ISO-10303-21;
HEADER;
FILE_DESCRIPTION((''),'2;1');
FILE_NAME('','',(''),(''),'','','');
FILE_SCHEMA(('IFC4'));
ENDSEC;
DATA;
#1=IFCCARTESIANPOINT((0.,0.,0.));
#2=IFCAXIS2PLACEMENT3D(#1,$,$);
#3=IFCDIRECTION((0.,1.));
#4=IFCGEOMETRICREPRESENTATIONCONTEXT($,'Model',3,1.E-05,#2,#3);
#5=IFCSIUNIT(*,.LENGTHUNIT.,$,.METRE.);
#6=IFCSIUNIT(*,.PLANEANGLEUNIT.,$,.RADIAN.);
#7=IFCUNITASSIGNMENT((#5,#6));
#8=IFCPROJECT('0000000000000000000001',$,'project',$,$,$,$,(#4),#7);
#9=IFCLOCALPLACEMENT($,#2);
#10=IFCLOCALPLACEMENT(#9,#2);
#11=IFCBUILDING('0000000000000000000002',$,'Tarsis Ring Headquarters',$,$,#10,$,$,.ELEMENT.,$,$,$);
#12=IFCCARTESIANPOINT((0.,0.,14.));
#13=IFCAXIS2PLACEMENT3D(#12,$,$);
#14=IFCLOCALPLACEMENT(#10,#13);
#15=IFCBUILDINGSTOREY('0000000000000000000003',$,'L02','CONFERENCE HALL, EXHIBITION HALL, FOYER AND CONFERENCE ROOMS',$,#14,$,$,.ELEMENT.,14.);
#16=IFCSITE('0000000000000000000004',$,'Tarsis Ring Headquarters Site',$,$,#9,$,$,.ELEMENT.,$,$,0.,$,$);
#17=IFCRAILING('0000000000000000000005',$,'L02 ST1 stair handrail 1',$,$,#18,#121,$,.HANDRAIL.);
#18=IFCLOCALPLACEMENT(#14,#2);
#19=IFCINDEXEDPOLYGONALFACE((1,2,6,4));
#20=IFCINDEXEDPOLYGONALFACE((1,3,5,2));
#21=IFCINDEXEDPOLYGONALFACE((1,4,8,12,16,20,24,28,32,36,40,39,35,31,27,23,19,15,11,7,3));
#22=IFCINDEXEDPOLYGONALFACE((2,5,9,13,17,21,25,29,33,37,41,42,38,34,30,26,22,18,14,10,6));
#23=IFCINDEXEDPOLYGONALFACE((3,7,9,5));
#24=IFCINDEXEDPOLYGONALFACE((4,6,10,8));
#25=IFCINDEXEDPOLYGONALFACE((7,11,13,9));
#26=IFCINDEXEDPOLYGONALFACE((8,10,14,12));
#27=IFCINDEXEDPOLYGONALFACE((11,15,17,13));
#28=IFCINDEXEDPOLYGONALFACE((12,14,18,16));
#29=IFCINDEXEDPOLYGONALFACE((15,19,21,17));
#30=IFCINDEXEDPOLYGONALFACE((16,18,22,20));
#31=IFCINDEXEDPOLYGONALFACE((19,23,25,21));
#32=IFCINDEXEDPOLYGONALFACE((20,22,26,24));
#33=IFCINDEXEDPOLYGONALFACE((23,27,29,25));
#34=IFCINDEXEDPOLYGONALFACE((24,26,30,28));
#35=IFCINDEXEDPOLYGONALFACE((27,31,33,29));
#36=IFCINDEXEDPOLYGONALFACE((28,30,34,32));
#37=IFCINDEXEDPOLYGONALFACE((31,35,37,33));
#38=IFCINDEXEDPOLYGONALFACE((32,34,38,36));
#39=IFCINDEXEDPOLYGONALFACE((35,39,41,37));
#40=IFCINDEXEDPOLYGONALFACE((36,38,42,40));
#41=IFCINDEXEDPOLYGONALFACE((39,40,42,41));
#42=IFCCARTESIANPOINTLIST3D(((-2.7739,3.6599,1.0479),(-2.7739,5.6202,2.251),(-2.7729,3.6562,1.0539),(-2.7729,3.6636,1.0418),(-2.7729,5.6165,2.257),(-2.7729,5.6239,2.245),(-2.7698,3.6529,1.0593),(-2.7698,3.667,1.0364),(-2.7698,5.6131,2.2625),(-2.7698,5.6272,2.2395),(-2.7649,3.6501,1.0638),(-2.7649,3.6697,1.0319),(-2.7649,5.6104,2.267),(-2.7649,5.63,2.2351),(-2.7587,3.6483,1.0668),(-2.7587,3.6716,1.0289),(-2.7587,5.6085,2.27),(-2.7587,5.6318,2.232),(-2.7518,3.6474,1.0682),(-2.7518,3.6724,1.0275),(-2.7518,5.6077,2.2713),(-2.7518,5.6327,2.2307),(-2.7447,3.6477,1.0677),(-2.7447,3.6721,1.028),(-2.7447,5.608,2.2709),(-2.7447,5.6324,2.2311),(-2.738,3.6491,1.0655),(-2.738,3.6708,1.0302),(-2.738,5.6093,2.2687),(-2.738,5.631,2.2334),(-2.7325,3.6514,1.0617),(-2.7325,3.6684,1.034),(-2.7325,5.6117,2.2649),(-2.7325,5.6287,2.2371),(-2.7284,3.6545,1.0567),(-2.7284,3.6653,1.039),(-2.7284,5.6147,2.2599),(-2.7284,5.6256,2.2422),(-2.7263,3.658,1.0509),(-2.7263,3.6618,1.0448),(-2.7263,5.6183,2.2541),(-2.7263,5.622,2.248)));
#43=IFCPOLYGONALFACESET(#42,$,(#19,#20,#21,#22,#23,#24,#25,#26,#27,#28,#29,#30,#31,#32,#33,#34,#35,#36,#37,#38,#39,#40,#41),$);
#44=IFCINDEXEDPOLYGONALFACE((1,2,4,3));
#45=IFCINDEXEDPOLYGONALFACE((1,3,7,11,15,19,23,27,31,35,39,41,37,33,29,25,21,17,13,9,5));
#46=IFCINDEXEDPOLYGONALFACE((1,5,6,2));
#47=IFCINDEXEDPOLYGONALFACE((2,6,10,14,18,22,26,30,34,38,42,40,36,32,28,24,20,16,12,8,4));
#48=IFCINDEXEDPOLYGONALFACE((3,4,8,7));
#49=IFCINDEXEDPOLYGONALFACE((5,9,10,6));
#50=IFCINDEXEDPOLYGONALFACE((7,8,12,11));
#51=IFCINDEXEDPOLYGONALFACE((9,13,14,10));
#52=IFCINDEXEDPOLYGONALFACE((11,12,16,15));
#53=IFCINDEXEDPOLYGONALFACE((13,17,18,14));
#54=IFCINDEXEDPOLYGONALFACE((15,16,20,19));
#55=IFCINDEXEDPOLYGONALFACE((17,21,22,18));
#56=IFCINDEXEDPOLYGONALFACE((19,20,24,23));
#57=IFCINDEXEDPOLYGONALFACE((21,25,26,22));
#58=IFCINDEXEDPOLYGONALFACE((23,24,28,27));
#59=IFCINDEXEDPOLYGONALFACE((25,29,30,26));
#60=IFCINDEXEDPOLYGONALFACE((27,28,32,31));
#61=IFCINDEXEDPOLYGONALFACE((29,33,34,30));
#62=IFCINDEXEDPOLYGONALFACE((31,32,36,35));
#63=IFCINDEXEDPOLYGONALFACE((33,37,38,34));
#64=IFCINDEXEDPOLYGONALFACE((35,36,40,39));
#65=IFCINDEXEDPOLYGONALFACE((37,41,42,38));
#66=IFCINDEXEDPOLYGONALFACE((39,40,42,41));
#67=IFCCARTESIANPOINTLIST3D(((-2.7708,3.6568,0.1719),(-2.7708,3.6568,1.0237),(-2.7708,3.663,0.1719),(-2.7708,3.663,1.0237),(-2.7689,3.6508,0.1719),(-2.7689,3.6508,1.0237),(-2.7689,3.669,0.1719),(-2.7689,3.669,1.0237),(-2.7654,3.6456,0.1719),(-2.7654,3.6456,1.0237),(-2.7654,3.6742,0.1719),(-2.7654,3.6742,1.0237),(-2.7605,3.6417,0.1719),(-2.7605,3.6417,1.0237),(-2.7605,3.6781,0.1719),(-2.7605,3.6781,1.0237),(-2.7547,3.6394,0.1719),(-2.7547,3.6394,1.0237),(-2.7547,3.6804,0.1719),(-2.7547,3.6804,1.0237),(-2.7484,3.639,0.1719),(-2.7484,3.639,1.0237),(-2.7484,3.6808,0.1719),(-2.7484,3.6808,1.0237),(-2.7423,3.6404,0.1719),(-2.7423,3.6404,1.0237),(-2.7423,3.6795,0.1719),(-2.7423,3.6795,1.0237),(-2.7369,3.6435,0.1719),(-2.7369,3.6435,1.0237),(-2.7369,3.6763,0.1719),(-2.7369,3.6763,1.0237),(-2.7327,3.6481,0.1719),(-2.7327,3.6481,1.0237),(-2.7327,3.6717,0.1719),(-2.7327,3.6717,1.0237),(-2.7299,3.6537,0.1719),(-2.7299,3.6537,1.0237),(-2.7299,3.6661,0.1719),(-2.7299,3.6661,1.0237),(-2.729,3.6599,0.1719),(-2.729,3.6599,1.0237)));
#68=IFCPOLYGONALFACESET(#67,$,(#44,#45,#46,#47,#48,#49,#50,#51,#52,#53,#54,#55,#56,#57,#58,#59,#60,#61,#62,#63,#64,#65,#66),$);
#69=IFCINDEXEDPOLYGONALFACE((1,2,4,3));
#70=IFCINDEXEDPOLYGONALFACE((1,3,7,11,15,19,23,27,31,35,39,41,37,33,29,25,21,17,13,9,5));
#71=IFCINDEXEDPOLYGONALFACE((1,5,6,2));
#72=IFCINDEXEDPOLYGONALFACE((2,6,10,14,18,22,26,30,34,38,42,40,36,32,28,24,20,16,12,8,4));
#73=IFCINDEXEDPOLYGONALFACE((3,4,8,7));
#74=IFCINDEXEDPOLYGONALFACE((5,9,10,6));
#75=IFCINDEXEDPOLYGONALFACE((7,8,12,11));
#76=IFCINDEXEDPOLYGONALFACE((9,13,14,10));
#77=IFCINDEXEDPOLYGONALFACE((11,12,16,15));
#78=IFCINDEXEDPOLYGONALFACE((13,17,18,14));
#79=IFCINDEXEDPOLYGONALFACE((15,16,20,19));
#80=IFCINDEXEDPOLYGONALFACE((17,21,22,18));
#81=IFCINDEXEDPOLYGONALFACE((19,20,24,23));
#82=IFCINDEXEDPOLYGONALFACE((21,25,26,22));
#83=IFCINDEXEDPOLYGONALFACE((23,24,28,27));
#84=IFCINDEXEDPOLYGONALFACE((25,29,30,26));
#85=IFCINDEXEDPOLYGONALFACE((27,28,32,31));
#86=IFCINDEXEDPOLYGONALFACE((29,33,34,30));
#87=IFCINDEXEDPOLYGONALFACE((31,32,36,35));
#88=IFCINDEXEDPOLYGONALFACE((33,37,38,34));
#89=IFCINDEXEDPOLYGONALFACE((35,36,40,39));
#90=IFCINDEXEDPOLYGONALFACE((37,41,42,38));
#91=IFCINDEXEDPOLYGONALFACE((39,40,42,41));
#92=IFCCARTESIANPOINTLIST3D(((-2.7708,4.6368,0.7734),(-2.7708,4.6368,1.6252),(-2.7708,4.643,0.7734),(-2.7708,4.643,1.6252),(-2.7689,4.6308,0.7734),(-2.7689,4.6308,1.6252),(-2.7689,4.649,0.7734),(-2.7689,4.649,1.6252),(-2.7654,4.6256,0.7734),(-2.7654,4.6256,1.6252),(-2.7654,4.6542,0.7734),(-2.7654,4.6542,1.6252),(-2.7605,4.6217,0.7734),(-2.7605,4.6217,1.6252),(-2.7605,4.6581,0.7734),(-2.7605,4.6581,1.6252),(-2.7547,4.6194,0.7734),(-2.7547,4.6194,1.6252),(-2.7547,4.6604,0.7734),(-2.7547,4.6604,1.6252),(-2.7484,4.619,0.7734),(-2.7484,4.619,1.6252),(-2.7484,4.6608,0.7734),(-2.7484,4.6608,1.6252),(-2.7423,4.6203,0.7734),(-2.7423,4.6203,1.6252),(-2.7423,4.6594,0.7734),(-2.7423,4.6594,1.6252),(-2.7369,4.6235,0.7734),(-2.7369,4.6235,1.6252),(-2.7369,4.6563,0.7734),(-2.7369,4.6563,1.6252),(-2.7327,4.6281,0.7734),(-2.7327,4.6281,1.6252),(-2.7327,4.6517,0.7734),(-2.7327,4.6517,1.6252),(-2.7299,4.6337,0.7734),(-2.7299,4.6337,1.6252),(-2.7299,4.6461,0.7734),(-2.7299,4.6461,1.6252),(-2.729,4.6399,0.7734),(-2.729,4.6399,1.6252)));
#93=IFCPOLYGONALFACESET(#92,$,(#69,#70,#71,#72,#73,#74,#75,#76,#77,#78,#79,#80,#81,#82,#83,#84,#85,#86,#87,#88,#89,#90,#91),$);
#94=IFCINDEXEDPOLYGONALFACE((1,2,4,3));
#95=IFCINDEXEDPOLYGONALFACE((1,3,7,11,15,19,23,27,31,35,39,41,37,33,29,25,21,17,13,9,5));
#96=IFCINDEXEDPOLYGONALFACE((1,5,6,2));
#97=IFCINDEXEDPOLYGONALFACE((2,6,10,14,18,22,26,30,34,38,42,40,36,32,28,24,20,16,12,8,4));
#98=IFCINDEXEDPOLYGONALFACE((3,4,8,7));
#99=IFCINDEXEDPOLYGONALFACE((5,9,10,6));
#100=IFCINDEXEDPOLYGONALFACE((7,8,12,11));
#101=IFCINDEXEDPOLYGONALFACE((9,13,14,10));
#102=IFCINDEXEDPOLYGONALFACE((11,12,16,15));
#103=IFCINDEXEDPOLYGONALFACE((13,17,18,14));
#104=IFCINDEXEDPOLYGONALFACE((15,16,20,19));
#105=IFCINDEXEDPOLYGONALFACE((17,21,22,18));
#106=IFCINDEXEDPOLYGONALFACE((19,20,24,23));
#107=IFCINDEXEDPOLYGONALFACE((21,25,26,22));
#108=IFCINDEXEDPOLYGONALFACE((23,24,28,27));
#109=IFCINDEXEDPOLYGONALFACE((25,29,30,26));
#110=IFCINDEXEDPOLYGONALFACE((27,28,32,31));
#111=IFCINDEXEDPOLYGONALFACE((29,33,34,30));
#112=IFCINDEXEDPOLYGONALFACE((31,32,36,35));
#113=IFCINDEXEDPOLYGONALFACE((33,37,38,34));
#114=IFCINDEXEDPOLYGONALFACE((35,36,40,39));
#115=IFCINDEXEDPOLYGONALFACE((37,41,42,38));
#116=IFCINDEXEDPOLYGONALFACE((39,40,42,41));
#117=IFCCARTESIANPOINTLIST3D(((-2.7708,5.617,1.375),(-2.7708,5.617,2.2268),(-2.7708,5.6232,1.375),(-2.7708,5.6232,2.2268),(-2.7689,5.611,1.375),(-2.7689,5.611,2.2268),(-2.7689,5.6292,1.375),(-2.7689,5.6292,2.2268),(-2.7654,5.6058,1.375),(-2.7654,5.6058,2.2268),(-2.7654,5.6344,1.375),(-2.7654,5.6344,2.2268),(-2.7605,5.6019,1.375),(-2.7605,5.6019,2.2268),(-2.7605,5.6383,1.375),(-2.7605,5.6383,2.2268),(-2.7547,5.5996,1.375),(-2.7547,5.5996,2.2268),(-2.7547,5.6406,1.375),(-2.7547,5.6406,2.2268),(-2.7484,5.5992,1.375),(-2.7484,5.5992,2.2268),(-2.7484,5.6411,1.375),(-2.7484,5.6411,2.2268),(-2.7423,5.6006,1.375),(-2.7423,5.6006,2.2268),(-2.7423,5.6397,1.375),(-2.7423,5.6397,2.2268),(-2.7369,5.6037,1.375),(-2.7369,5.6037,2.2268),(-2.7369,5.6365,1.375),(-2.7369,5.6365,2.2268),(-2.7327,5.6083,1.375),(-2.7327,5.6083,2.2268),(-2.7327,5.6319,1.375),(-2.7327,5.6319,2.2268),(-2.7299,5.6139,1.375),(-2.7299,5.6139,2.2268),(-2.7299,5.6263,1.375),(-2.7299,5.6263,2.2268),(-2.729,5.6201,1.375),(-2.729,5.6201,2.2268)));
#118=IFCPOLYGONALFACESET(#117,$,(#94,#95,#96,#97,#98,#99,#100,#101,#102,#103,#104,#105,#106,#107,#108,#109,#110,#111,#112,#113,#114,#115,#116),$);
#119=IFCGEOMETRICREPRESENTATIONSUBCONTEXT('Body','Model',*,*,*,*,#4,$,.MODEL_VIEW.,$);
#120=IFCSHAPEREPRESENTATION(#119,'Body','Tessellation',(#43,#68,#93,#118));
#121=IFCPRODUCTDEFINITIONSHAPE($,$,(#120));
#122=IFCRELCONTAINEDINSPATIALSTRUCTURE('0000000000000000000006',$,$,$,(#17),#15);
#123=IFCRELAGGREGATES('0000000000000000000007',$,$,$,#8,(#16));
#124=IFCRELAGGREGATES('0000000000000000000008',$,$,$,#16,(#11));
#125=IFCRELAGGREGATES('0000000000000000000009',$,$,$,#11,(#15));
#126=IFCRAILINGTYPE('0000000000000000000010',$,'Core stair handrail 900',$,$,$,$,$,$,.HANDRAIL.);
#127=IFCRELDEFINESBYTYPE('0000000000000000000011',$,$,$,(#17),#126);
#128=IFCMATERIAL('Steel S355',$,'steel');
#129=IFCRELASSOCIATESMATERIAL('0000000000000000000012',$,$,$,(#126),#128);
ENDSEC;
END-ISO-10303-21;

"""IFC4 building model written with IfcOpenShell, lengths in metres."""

from ifc_helpers import new_model, si_unit, direction, frame, origin, origin_2d, place, context, subcontext, project, spatial, circle, extrude, material, type_object, element, save


model = new_model("IFC4")

# Units and contexts
model_context = context("Model", 3, precision=1e-05, world=origin(), true_north=direction((0.0, 1.0)))
body_context = subcontext(model_context, "Body", "Model", "MODEL_VIEW")
ifc_project = project(units=[si_unit("LENGTHUNIT", "METRE"), si_unit("PLANEANGLEUNIT", "RADIAN")], contexts=[model_context])

# Site, building, storey
site_placement = place(None, origin())
site = spatial("IfcSite", under=ifc_project, at=site_placement, Name="Tarsis Ring Headquarters Site", CompositionType="ELEMENT", RefElevation=0.0)
building_placement = place(site_placement, origin())
building = spatial("IfcBuilding", under=site, at=building_placement, Name="Tarsis Ring Headquarters", CompositionType="ELEMENT")
storey_placement = place(building_placement, frame((0.0, 0.0, 14.0)))
storey = spatial("IfcBuildingStorey", under=building, at=storey_placement, Name="L02", Description="CONFERENCE HALL, EXHIBITION HALL, FOYER AND CONFERENCE ROOMS", CompositionType="ELEMENT", Elevation=14.0)

# Shared definitions
ifc_material_1 = material(Name="Steel S355", Category="steel")

# Railing
railing_type_1 = type_object("IfcRailingType", Name="Core stair handrail 900", PredefinedType="HANDRAIL", material=ifc_material_1)
railing_1_placement = place(storey_placement, frame((-2.75, 3.6599, 0.1719)))
element("IfcRailing", 1, at=railing_1_placement, inside=storey, type_object=railing_type_1, Name="L02 ST1 stair handrail 1", PredefinedType="HANDRAIL", context=body_context, shape_type="SweptSolid", body=[
    extrude(circle(Radius=0.0239, at=origin_2d()), frame((0.0, 0.0, 0.876), z_axis=(0.0, 0.85227, 0.523102), x_axis=(-1.0, 0.0, 0.0)), (0.0, 0.0, 1.0), 2.3),
    extrude(circle(Radius=0.021, at=origin_2d()), origin(), (0.0, 0.0, 1.0), 0.8518),
    extrude(circle(Radius=0.021, at=origin_2d()), frame((0.0, 0.98, 0.6016)), (0.0, 0.0, 1.0), 0.8518),
    extrude(circle(Radius=0.021, at=origin_2d()), frame((0.0, 1.9602, 1.2031)), (0.0, 0.0, 1.0), 0.8518),
])

save(model, "model.ifc")
